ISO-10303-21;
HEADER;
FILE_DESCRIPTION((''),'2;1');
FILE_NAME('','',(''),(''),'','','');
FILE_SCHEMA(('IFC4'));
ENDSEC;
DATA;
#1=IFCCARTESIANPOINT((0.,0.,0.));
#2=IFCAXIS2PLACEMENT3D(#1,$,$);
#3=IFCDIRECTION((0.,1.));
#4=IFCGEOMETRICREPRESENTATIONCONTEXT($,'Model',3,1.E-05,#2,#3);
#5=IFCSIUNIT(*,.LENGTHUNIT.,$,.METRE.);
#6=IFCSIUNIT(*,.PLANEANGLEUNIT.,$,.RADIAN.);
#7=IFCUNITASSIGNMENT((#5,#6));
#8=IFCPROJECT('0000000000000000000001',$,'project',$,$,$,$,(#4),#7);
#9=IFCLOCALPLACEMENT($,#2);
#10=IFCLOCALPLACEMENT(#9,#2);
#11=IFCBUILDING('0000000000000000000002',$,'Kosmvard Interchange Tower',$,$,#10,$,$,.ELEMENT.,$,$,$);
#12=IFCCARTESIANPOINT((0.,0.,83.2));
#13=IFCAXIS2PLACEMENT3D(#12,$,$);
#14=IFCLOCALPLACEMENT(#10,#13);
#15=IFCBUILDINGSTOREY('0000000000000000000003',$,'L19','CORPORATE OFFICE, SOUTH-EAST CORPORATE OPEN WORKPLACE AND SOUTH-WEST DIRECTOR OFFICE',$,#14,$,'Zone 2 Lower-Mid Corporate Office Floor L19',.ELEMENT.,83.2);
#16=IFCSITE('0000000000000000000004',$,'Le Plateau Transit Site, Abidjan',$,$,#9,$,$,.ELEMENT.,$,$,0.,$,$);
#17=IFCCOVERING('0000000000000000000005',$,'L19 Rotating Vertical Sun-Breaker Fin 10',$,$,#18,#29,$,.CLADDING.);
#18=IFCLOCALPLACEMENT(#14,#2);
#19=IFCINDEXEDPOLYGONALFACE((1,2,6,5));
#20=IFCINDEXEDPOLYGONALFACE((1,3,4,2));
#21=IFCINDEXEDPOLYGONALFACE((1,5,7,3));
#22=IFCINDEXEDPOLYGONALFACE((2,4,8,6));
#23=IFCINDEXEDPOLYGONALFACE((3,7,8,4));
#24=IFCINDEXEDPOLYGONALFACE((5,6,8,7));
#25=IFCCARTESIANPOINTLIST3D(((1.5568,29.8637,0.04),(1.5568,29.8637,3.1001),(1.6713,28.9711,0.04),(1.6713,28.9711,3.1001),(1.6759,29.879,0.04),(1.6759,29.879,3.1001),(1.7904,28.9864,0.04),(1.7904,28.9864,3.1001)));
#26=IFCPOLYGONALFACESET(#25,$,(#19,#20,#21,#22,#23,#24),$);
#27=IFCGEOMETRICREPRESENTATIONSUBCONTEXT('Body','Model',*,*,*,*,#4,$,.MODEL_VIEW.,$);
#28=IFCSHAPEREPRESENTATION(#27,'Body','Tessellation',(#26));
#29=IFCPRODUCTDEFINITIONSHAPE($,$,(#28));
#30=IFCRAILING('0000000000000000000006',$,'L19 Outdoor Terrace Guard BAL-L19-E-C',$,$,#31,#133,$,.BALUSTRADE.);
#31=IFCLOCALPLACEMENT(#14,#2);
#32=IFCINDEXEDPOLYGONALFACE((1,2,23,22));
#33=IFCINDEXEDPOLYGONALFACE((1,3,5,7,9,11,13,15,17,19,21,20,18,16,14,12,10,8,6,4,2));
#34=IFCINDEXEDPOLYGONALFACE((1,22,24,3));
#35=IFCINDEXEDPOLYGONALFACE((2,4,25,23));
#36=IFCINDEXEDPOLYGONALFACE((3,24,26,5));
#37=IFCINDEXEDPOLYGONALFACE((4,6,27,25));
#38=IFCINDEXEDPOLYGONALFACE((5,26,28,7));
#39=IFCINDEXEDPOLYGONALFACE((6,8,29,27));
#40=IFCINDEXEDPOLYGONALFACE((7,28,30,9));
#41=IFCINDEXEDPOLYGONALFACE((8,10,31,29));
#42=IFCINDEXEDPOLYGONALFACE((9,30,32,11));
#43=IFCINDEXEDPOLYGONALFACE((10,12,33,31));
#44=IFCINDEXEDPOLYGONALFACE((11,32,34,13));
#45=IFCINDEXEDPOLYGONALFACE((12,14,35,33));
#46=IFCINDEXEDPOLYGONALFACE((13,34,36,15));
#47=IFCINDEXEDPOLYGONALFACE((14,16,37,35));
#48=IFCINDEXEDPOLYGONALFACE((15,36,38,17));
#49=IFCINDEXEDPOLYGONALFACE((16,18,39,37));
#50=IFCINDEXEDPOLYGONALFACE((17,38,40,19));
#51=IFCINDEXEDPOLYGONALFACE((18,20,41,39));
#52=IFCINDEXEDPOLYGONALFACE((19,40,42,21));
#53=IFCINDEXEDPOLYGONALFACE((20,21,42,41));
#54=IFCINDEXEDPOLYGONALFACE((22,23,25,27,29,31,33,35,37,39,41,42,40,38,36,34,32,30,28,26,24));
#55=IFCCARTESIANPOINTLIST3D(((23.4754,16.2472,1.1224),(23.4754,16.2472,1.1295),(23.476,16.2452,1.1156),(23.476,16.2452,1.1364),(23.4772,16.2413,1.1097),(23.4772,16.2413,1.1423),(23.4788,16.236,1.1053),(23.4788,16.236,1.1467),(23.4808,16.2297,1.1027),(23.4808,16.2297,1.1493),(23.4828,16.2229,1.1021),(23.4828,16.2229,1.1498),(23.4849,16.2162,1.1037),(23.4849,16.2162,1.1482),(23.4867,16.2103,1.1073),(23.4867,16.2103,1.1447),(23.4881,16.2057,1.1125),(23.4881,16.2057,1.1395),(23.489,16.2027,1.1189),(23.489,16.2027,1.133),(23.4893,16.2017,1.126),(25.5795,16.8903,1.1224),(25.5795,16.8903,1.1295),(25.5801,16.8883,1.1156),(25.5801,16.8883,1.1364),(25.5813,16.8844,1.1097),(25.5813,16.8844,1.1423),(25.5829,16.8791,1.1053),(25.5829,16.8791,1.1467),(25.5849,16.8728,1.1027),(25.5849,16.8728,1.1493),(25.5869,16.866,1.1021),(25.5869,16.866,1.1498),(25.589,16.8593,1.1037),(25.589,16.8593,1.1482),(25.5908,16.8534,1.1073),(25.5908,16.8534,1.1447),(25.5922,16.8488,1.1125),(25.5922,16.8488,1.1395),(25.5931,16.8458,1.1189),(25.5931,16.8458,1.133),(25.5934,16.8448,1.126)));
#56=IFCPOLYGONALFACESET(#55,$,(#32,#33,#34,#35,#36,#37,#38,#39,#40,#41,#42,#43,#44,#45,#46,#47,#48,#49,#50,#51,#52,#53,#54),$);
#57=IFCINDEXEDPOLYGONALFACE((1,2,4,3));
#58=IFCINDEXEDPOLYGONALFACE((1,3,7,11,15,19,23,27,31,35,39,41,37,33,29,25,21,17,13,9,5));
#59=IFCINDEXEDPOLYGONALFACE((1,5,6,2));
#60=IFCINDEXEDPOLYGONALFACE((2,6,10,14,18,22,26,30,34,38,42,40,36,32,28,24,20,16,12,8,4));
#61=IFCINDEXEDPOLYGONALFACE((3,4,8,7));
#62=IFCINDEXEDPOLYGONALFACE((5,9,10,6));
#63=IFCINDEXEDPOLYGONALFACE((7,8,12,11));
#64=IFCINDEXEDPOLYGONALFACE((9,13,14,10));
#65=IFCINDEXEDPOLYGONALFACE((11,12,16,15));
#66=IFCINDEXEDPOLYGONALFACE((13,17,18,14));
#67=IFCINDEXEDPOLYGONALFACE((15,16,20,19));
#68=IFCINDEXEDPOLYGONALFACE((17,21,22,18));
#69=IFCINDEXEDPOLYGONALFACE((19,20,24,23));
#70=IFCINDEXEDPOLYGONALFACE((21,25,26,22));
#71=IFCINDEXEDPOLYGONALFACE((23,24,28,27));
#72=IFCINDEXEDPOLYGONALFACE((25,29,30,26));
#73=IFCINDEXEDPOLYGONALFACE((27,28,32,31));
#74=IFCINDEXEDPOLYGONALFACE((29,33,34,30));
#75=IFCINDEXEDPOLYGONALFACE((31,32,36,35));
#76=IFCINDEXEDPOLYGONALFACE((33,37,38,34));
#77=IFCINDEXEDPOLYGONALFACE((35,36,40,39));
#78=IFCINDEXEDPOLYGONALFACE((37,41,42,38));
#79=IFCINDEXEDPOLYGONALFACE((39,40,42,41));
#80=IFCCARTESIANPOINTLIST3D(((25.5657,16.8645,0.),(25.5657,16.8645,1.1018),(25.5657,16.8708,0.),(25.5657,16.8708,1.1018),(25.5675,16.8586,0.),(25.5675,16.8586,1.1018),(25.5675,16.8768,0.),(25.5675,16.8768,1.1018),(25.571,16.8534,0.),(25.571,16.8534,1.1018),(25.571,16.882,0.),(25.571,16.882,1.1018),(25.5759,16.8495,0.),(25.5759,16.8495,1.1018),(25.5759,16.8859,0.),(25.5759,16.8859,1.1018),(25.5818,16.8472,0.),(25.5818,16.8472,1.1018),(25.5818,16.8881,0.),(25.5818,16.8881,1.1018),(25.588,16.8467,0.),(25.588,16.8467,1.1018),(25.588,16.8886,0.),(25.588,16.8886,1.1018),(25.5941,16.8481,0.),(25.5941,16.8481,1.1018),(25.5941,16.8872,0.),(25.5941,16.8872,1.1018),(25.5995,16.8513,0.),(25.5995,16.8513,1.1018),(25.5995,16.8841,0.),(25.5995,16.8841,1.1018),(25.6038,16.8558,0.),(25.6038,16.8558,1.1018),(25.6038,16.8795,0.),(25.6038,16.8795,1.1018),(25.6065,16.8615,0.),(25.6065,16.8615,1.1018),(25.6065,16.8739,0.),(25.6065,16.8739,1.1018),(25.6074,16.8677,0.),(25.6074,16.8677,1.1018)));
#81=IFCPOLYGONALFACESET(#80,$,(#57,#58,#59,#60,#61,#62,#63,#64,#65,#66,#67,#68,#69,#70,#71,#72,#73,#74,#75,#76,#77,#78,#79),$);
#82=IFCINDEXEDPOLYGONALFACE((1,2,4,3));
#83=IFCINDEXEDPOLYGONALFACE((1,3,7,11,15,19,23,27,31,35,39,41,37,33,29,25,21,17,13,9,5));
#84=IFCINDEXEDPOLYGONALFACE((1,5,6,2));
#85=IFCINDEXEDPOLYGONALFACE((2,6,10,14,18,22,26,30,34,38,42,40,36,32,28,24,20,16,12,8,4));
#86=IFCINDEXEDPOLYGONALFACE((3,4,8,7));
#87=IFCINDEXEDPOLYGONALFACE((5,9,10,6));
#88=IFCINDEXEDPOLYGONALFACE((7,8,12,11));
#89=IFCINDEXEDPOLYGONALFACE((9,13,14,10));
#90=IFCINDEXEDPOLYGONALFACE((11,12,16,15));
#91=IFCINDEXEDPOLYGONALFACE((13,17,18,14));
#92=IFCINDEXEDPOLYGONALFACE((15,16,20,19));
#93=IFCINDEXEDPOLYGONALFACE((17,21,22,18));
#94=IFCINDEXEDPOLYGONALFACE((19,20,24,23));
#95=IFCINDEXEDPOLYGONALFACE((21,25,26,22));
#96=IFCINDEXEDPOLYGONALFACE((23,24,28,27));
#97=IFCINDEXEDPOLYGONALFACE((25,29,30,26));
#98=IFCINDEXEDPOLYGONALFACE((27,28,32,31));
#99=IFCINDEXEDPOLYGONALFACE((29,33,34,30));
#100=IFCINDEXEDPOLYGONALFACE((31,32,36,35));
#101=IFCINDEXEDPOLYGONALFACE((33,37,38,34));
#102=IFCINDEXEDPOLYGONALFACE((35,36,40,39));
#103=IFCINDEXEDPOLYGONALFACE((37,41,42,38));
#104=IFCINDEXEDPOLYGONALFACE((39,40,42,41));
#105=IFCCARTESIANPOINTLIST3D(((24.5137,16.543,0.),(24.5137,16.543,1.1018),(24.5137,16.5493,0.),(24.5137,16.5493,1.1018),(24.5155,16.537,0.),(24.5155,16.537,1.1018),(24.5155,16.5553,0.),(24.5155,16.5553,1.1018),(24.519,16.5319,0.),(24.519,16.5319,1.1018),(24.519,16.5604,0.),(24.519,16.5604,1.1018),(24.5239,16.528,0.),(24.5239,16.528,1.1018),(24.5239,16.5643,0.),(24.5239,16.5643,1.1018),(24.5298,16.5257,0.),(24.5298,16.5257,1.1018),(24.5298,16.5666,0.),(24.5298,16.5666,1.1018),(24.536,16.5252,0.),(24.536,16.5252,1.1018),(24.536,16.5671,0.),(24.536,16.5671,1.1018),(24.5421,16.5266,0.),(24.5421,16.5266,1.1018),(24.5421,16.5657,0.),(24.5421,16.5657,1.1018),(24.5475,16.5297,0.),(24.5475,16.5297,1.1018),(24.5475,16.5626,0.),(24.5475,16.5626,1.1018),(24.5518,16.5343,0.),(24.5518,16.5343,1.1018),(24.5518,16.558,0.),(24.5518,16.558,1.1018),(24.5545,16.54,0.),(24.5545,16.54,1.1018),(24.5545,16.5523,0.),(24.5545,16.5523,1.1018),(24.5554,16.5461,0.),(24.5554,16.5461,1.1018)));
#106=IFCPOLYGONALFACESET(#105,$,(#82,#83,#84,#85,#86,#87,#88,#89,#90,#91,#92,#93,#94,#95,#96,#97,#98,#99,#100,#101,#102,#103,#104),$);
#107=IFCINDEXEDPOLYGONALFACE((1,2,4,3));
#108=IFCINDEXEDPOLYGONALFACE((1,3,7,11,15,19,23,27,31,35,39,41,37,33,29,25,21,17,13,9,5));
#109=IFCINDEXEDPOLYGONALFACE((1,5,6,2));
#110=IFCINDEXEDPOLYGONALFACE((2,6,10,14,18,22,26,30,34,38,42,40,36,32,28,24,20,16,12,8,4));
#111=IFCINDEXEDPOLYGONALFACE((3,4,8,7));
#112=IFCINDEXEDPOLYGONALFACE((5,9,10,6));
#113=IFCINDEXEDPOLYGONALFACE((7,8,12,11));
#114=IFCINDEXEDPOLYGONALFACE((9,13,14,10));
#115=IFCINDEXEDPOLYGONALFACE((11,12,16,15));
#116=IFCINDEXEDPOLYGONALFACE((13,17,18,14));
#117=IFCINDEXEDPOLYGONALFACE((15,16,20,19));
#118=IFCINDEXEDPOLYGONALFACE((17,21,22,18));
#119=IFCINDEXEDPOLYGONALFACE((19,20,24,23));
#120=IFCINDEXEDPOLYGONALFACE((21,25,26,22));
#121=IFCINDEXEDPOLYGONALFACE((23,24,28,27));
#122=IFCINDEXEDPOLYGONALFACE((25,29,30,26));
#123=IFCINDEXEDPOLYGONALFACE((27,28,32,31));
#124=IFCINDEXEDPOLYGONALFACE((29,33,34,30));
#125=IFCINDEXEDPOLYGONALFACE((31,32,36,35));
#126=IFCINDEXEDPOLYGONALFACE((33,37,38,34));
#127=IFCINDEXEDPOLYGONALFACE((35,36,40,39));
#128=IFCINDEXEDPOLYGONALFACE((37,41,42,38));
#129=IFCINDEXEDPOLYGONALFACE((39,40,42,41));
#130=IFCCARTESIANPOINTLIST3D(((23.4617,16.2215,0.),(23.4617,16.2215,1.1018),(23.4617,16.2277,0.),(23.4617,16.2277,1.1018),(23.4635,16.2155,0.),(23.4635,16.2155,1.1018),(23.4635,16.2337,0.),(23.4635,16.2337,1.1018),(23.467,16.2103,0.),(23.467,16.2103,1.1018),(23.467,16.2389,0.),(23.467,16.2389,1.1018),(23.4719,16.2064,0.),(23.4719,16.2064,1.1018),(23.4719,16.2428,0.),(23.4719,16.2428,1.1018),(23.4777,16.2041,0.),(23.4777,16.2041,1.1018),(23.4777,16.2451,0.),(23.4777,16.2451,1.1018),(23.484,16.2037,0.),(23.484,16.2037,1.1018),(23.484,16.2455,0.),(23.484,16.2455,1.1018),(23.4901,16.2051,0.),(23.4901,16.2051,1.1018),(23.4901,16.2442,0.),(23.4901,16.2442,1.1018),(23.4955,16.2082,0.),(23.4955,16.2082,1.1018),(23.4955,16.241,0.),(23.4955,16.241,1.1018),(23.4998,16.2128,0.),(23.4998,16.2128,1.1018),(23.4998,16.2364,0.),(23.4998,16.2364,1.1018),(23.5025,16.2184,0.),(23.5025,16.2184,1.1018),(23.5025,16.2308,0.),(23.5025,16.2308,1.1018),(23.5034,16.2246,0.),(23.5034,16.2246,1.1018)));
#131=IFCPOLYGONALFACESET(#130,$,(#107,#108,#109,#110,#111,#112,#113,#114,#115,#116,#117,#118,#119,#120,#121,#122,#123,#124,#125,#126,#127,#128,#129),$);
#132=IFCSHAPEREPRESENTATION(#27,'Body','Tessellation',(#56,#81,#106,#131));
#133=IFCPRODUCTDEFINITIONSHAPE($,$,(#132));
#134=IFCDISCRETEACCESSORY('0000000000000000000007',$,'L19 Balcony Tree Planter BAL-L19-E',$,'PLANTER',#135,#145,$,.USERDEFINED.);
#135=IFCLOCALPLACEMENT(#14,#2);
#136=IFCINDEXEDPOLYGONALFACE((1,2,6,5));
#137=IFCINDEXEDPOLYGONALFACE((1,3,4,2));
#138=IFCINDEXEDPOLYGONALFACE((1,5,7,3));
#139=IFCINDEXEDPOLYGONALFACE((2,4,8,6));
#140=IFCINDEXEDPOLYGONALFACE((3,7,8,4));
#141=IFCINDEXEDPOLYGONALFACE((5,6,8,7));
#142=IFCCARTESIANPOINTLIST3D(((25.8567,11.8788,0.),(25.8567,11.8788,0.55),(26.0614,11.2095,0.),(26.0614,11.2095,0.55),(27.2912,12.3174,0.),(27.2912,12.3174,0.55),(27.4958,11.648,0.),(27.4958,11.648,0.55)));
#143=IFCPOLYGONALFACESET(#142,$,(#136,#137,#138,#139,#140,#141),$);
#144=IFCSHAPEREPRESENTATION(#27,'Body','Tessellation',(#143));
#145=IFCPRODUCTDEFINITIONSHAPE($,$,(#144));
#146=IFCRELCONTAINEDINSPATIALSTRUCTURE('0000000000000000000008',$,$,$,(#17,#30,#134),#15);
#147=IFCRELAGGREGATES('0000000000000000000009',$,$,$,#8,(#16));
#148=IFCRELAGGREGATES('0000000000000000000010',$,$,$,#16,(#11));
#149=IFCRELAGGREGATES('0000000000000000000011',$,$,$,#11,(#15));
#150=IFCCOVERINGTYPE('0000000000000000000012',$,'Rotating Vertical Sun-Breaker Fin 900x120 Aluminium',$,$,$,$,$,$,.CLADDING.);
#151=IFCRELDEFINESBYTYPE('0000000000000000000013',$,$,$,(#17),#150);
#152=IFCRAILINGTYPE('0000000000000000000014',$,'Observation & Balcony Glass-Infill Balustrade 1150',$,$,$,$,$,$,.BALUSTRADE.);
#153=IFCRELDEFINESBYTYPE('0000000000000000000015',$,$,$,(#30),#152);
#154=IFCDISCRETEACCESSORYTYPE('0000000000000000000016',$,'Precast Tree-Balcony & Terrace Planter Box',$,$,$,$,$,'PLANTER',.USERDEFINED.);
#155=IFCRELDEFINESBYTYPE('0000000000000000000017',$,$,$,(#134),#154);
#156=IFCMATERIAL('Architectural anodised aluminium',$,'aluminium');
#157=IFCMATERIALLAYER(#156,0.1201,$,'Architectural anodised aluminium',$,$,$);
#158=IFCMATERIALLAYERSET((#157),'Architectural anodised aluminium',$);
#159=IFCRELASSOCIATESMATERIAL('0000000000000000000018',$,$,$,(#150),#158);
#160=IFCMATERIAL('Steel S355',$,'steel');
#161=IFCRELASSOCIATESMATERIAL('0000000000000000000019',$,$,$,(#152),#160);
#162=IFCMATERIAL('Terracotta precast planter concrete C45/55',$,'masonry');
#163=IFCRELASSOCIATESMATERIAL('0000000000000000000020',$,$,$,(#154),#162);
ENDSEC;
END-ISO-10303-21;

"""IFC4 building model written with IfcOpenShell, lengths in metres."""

from ifc_helpers import new_model, si_unit, direction, frame, origin, origin_2d, place, context, subcontext, project, spatial, rectangle, circle, extrude, source, transform, mapped, material, layer, layer_set, type_object, element, save


model = new_model("IFC4")

# Units and contexts
model_context = context("Model", 3, precision=1e-05, world=origin(), true_north=direction((0.0, 1.0)))
body_context = subcontext(model_context, "Body", "Model", "MODEL_VIEW")
ifc_project = project(units=[si_unit("LENGTHUNIT", "METRE"), si_unit("PLANEANGLEUNIT", "RADIAN")], contexts=[model_context])

# Site, building, storey
site_placement = place(None, origin())
site = spatial("IfcSite", under=ifc_project, at=site_placement, Name="Le Plateau Transit Site, Abidjan", CompositionType="ELEMENT", RefElevation=0.0)
building_placement = place(site_placement, origin())
building = spatial("IfcBuilding", under=site, at=building_placement, Name="Kosmvard Interchange Tower", CompositionType="ELEMENT")
storey_placement = place(building_placement, frame((0.0, 0.0, 83.2)))
storey = spatial("IfcBuildingStorey", under=building, at=storey_placement, Name="L19", Description="CORPORATE OFFICE, SOUTH-EAST CORPORATE OPEN WORKPLACE AND SOUTH-WEST DIRECTOR OFFICE", LongName="Zone 2 Lower-Mid Corporate Office Floor L19", CompositionType="ELEMENT", Elevation=83.2)

# Shared definitions
ifc_material_1 = material(Name="Steel S355", Category="steel")

# Covering
ifc_material_2 = material(Name="Architectural anodised aluminium", Category="aluminium")
ifc_layer_1 = layer(ifc_material_2, 0.1201, Name="Architectural anodised aluminium")
ifc_layer_set_1 = layer_set([ifc_layer_1], Name="Architectural anodised aluminium")
covering_type = type_object("IfcCoveringType", Name="Rotating Vertical Sun-Breaker Fin 900x120 Aluminium", PredefinedType="CLADDING", material=ifc_layer_set_1)
shared_shape_1 = source(origin(), body_context, "Body", "SweptSolid", [
    extrude(rectangle(XDim=0.8999, YDim=0.1201, at=origin_2d()), origin(), (0.0, 0.0, 1.0), 3.0601),
])
for number, where, z_axis, x_axis, name in (
    (1, (1.6736, 29.425, 0.04), (0.0, 0.0, 1.0), (-0.127238, 0.991872, 0.0), "L19 Rotating Vertical Sun-Breaker Fin 10"),
):
    element("IfcCovering", number, at=place(storey_placement, frame(where, z_axis=z_axis, x_axis=x_axis)), inside=storey, type_object=covering_type, Name=name, PredefinedType="CLADDING", context=body_context, shape_type="MappedRepresentation", body=[
        mapped(shared_shape_1, transform((0.0, 0.0, 0.0), scale=1.0)),
    ])

# Railing
railing_type = type_object("IfcRailingType", Name="Observation & Balcony Glass-Infill Balustrade 1150", PredefinedType="BALUSTRADE", material=ifc_material_1)
shared_shape_2 = source(origin(), body_context, "Body", "SweptSolid", [
    extrude(circle(Radius=0.0239, at=origin_2d()), frame((0.0, 0.0, 1.126), z_axis=(-0.956329, -0.292292, 0.0), x_axis=(0.292292, -0.956329, 0.0)), (0.0, 0.0, 1.0), 2.2002),
    extrude(circle(Radius=0.021, at=origin_2d()), origin(), (0.0, 0.0, 1.0), 1.1018),
    extrude(circle(Radius=0.021, at=origin_2d()), frame((-1.052, -0.3215, 0.0)), (0.0, 0.0, 1.0), 1.1018),
    extrude(circle(Radius=0.021, at=origin_2d()), frame((-2.104, -0.6431, 0.0)), (0.0, 0.0, 1.0), 1.1018),
])
railing_placement = place(storey_placement, frame((25.5864, 16.8677, 0.0)))
element("IfcRailing", 2, at=railing_placement, inside=storey, type_object=railing_type, Name="L19 Outdoor Terrace Guard BAL-L19-E-C", PredefinedType="BALUSTRADE", context=body_context, shape_type="MappedRepresentation", body=[
    mapped(shared_shape_2, transform((0.0, 0.0, 0.0), scale=1.0)),
])

# Discrete accessory
ifc_material_3 = material(Name="Terracotta precast planter concrete C45/55", Category="masonry")
discrete_accessory_type = type_object("IfcDiscreteAccessoryType", Name="Precast Tree-Balcony & Terrace Planter Box", ElementType="PLANTER", PredefinedType="USERDEFINED", material=ifc_material_3)
shared_shape_3 = source(origin(), body_context, "Body", "SweptSolid", [
    extrude(rectangle(XDim=1.5, YDim=0.7, at=origin_2d()), origin(), (0.0, 0.0, 1.0), 0.55),
])
discrete_accessory_placement = place(storey_placement, frame((26.6763, 11.7634, 0.0), z_axis=(0.0, 0.0, 1.0), x_axis=(0.956305, 0.292372, 0.0)))
element("IfcDiscreteAccessory", 3, at=discrete_accessory_placement, inside=storey, type_object=discrete_accessory_type, Name="L19 Balcony Tree Planter BAL-L19-E", ObjectType="PLANTER", PredefinedType="USERDEFINED", context=body_context, shape_type="MappedRepresentation", body=[
    mapped(shared_shape_3, transform((0.0, 0.0, 0.0), scale=1.0)),
])

save(model, "model.ifc")
